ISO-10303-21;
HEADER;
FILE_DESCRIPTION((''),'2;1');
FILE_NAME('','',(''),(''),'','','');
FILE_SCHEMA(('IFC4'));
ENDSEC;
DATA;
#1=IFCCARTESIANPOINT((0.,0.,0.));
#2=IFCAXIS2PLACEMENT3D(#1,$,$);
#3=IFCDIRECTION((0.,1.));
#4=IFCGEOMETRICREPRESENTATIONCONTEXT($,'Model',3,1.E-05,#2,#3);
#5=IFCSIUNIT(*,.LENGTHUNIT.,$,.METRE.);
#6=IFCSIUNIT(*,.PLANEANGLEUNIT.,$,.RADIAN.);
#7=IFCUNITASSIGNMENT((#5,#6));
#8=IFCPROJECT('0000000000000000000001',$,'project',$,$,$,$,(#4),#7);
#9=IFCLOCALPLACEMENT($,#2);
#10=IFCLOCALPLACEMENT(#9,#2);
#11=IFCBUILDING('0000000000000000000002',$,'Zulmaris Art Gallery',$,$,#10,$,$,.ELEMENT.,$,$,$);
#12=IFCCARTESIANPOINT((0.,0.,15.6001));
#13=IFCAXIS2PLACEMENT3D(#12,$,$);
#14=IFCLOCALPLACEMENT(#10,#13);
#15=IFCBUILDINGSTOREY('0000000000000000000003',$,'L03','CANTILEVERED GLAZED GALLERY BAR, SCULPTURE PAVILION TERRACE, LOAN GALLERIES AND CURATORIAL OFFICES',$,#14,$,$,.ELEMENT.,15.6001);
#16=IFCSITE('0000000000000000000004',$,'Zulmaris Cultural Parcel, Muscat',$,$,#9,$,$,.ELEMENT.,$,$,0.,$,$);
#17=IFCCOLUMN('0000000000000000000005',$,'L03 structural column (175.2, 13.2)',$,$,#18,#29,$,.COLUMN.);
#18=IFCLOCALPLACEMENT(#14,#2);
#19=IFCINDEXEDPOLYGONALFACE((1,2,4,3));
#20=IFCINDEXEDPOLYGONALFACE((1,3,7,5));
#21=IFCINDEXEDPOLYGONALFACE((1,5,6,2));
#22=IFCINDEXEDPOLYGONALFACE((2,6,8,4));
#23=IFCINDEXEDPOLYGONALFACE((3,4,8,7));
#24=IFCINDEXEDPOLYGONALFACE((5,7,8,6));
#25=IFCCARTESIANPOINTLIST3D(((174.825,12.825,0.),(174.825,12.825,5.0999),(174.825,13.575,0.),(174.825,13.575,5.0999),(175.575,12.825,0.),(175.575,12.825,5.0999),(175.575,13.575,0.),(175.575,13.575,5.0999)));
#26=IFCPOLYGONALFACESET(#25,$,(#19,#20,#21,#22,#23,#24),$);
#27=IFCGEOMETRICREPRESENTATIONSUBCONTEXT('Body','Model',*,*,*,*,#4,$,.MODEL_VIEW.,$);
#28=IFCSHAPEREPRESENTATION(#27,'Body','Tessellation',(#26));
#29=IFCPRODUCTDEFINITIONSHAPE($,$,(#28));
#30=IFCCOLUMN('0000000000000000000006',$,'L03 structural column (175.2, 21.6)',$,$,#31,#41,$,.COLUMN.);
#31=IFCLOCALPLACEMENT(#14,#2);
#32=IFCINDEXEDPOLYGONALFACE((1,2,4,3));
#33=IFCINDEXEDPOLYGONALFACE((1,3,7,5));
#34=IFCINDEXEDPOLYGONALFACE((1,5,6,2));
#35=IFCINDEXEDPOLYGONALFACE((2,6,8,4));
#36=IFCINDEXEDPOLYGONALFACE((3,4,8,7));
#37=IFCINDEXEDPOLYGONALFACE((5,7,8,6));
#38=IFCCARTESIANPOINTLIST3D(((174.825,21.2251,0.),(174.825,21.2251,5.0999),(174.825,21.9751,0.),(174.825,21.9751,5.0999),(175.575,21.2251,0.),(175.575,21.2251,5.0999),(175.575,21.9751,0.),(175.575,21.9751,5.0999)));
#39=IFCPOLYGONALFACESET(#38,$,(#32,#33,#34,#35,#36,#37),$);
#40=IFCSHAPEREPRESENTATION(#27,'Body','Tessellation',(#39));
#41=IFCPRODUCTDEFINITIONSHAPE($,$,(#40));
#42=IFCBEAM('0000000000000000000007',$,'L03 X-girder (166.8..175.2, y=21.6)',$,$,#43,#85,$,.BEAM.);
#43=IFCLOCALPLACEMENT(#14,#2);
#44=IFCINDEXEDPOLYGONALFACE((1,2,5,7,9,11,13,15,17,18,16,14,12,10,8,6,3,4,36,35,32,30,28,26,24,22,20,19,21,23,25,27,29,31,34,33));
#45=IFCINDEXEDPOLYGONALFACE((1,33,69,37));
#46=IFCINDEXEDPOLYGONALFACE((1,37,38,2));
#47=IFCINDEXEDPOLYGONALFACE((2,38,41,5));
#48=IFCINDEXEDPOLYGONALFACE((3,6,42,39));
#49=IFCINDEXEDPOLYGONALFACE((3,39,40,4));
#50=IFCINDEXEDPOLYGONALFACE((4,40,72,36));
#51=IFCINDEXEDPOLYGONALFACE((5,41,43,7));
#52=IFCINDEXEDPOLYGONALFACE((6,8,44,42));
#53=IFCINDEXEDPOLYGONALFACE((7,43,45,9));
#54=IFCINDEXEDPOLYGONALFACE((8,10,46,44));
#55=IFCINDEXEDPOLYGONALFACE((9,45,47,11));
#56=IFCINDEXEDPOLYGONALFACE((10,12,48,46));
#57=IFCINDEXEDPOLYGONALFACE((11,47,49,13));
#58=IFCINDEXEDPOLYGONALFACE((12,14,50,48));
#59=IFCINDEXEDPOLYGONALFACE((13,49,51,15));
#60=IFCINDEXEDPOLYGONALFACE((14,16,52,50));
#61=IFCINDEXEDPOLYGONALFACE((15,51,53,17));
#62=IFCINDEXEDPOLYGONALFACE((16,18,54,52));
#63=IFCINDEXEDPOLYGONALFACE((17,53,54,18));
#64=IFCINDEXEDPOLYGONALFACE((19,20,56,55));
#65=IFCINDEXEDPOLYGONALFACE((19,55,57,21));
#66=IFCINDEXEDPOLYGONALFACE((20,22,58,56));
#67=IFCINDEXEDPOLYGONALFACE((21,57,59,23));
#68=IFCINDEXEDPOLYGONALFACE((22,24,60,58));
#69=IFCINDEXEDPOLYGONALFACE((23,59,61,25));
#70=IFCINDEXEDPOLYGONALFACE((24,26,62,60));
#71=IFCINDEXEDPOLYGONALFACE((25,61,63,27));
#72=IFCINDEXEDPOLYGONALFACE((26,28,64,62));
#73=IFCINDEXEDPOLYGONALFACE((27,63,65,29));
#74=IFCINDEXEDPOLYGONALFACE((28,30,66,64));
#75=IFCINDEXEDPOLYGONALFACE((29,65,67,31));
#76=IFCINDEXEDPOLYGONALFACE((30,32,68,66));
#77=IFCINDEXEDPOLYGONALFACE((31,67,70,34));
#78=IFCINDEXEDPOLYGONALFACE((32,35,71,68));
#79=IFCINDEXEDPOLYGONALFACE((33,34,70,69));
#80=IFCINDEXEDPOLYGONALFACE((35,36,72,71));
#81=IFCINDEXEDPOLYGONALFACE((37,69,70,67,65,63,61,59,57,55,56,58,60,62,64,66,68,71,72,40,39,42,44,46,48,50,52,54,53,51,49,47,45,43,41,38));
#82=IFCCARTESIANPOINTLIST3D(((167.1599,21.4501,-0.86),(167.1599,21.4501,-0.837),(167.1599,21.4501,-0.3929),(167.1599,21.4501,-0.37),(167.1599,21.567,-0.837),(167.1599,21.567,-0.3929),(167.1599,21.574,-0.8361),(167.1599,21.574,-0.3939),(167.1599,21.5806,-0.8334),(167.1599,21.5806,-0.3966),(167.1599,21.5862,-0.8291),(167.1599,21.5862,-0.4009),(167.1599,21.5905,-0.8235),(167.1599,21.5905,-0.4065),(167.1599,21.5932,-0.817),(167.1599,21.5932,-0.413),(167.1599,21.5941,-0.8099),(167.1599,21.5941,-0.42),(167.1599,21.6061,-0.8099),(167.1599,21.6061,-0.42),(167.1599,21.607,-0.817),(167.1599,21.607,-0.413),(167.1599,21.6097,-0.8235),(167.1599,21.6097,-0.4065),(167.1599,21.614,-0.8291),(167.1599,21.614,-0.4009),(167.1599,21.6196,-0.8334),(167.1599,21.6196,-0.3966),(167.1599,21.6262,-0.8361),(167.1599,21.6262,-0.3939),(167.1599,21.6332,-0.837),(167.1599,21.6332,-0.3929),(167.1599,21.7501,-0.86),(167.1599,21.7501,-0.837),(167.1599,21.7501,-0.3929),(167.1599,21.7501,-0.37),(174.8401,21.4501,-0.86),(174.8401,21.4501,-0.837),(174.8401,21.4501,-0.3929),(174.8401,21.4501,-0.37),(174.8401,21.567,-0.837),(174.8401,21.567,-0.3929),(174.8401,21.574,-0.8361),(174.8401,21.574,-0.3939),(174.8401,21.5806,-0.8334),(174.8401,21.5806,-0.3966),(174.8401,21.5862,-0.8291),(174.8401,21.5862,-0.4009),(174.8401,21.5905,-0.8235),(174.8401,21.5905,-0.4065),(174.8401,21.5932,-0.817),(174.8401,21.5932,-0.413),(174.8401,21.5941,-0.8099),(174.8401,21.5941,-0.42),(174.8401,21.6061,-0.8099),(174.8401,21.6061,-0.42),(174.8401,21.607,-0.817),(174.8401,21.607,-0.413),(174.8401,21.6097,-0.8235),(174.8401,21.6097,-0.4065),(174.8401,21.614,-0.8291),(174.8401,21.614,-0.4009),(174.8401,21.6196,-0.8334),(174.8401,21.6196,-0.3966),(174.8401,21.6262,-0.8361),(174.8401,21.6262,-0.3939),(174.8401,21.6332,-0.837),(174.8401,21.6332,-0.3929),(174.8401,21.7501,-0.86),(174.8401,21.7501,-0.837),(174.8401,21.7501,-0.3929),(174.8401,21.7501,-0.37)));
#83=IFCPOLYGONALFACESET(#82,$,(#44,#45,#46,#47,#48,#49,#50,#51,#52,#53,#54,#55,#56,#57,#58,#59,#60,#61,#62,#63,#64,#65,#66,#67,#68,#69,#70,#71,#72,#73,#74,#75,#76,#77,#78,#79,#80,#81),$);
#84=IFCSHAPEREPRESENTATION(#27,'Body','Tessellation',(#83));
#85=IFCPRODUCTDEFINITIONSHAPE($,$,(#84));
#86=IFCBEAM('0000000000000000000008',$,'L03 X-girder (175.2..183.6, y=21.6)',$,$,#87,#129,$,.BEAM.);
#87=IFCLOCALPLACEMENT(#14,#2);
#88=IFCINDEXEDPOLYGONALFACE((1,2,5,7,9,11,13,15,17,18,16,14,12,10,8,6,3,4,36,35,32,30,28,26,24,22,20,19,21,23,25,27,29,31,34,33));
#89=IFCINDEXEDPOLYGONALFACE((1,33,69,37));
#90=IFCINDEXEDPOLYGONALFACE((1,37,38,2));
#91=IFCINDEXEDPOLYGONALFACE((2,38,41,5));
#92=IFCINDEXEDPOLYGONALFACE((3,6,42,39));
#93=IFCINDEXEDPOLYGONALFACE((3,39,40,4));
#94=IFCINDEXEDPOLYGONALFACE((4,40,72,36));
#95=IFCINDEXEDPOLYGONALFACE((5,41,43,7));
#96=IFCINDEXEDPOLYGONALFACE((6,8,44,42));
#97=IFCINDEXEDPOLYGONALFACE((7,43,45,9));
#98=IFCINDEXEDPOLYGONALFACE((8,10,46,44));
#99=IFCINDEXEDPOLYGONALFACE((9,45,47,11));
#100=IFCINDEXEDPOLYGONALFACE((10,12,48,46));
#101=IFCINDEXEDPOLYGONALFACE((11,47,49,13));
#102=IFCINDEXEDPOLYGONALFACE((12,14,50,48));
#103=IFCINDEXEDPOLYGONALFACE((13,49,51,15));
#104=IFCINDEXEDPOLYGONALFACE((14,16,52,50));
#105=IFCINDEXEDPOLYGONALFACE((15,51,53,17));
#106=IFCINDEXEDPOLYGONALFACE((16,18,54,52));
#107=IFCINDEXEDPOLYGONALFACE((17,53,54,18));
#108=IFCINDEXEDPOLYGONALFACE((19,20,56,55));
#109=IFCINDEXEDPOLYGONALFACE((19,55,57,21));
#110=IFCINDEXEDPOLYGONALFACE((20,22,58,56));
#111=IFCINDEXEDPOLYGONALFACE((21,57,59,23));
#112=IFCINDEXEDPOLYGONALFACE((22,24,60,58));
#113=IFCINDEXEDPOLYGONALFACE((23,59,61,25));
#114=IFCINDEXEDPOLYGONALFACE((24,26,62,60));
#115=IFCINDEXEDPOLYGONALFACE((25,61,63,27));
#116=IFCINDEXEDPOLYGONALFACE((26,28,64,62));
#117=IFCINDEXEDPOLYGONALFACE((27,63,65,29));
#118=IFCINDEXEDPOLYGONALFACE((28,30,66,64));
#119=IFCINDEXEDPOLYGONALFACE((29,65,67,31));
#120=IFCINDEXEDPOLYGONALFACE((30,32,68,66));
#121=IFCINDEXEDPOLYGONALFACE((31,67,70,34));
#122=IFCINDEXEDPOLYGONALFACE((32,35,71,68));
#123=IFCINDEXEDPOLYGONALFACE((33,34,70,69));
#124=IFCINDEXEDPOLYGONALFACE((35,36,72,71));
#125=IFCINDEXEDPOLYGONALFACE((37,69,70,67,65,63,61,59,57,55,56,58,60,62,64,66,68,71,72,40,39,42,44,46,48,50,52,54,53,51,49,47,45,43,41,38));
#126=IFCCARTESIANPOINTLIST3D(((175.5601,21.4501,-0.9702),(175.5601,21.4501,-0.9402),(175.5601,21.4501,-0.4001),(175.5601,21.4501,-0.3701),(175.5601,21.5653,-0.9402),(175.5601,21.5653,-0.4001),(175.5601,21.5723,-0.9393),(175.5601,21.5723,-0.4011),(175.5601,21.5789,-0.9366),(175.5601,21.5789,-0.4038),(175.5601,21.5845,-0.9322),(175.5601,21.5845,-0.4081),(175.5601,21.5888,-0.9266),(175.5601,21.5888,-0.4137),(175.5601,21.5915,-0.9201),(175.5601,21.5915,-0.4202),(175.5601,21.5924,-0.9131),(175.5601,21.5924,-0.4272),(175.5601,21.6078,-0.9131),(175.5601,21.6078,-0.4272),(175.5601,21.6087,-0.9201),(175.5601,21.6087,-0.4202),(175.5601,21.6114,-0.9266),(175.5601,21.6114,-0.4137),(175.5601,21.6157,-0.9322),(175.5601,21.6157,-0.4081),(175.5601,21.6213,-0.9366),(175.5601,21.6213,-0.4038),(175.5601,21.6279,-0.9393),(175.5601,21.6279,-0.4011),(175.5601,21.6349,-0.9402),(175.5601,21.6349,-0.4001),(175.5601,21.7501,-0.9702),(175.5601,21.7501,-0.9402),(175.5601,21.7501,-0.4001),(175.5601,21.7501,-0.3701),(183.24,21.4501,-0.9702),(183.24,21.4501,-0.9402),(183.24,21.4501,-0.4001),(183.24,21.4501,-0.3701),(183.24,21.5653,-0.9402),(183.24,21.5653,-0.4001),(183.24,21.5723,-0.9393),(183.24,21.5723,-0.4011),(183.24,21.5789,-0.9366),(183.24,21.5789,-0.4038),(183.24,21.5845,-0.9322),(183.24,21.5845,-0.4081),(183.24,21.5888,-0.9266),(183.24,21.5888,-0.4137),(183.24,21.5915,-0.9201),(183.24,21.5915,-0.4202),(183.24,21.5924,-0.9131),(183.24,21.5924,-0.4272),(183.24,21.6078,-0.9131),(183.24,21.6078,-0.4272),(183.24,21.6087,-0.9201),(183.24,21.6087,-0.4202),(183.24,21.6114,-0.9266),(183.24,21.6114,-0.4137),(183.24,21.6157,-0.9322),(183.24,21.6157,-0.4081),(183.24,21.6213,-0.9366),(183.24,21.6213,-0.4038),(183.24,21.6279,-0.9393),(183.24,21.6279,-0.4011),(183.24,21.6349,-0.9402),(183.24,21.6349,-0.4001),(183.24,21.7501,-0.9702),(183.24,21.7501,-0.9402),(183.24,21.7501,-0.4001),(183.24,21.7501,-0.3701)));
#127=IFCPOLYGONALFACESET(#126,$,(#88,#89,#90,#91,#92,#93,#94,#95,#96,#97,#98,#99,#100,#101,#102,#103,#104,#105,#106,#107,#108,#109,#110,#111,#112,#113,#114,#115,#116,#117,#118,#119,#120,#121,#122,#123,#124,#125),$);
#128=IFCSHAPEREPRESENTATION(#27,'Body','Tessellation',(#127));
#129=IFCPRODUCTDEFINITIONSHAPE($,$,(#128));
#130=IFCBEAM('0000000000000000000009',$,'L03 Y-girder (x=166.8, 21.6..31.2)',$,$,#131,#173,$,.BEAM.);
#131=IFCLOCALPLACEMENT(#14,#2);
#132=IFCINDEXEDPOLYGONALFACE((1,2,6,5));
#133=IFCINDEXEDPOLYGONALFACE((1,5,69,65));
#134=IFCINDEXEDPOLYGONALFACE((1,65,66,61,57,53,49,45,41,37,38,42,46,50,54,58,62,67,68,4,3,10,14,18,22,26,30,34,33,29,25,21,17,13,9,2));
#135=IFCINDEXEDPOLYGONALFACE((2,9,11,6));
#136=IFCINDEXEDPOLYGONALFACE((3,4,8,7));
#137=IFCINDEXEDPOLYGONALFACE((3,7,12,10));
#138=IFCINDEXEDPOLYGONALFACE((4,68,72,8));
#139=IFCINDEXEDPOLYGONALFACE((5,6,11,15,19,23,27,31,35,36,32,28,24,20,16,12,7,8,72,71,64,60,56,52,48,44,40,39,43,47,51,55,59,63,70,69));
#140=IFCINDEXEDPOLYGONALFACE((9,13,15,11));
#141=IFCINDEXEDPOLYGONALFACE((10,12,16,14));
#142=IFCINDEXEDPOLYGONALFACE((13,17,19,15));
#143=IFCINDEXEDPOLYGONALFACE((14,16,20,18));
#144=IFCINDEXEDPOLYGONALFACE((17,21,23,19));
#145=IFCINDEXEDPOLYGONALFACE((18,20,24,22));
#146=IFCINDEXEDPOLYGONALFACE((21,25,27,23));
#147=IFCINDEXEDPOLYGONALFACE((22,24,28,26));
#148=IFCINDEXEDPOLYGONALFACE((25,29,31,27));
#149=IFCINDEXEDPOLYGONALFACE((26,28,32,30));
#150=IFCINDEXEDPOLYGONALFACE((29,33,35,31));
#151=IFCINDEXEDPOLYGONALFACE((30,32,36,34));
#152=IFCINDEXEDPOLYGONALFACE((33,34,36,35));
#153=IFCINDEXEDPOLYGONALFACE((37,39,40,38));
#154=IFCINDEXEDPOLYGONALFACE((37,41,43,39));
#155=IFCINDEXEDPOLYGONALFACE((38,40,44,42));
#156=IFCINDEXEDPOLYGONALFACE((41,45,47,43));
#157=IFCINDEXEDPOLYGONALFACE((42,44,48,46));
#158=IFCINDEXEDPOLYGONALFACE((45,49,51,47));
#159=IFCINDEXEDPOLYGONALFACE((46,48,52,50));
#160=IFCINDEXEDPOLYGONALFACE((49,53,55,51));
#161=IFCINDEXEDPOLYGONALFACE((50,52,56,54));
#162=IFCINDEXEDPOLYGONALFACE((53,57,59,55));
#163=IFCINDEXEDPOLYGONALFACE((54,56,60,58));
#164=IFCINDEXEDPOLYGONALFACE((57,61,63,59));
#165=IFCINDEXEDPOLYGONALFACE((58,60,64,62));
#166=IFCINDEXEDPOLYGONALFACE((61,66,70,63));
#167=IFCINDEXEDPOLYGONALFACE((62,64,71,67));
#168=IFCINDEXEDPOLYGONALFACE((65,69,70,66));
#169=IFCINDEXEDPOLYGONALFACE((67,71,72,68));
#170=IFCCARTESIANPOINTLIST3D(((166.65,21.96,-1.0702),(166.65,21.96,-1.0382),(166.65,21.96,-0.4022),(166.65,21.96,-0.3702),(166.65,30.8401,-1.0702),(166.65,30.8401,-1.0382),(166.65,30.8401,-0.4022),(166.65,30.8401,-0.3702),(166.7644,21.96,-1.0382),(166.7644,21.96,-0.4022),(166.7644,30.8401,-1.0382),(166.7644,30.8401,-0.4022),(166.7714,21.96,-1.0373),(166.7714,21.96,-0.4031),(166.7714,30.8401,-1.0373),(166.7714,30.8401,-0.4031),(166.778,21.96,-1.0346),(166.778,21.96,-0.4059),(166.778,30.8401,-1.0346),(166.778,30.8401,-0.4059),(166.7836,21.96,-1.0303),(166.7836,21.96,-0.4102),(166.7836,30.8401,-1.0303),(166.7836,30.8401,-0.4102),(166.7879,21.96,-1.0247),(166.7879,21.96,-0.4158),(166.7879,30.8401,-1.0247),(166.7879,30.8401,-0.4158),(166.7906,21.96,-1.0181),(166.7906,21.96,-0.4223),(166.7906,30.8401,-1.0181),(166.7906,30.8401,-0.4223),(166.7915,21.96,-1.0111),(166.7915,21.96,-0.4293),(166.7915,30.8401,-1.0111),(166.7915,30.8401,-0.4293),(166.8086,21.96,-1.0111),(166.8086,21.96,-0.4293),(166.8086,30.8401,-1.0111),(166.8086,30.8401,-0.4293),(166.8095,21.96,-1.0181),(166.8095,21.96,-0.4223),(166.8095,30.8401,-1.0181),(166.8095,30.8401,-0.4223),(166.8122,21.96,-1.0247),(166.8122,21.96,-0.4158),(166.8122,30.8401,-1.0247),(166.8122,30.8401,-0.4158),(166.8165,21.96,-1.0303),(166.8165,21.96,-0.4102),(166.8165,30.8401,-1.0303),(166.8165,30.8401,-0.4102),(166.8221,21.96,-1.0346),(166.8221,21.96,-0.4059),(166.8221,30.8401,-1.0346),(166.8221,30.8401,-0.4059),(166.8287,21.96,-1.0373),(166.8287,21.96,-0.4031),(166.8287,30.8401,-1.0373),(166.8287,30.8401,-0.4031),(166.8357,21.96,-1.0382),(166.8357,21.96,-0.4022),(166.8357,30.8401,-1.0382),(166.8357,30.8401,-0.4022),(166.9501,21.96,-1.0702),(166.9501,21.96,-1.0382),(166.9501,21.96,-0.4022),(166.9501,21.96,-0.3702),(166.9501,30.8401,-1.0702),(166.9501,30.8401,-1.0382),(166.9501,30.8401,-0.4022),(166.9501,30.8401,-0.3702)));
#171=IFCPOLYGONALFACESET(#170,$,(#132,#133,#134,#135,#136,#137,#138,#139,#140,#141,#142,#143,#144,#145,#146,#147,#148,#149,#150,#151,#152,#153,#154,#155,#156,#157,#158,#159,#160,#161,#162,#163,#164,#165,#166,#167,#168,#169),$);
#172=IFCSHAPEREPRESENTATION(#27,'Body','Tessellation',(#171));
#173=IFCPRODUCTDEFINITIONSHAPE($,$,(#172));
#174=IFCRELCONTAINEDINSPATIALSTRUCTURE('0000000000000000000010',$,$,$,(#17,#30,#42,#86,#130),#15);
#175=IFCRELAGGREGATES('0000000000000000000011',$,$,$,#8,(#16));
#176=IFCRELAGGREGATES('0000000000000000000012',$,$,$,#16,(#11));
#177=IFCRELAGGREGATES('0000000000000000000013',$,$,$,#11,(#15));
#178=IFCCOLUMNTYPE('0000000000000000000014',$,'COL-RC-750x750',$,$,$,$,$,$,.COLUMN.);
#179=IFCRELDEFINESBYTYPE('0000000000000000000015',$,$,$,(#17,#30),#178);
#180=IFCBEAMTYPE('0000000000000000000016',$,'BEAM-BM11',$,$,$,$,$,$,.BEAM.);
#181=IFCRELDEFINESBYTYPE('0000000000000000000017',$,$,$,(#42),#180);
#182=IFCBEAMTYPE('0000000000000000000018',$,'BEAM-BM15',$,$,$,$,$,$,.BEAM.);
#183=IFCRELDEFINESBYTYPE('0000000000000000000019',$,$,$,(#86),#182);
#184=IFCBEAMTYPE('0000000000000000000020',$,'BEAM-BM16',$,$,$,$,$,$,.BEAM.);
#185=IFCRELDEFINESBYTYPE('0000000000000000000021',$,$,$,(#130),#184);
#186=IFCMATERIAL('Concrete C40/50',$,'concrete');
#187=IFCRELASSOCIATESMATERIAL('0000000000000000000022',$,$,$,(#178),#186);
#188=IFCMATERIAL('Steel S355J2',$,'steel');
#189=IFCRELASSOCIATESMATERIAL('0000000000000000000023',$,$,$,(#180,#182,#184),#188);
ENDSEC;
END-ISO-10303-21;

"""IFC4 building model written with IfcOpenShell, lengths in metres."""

from ifc_helpers import new_model, si_unit, direction, frame, origin, origin_2d, place, context, subcontext, project, spatial, rectangle, i_section, extrude, material, material_profile, profile_set, type_object, element, save


model = new_model("IFC4")

# Units and contexts
model_context = context("Model", 3, precision=1e-05, world=origin(), true_north=direction((0.0, 1.0)))
body_context = subcontext(model_context, "Body", "Model", "MODEL_VIEW")
ifc_project = project(units=[si_unit("LENGTHUNIT", "METRE"), si_unit("PLANEANGLEUNIT", "RADIAN")], contexts=[model_context])

# Site, building, storey
site_placement = place(None, origin())
site = spatial("IfcSite", under=ifc_project, at=site_placement, Name="Zulmaris Cultural Parcel, Muscat", CompositionType="ELEMENT", RefElevation=0.0)
building_placement = place(site_placement, origin())
building = spatial("IfcBuilding", under=site, at=building_placement, Name="Zulmaris Art Gallery", CompositionType="ELEMENT")
storey_placement = place(building_placement, frame((0.0, 0.0, 15.6001)))
storey = spatial("IfcBuildingStorey", under=building, at=storey_placement, Name="L03", Description="CANTILEVERED GLAZED GALLERY BAR, SCULPTURE PAVILION TERRACE, LOAN GALLERIES AND CURATORIAL OFFICES", CompositionType="ELEMENT", Elevation=15.6001)

# Columns
ifc_material_1 = material(Name="Concrete C40/50", Category="concrete")
ifc_material_profile_1 = material_profile(ifc_material_1, rectangle(XDim=0.75, YDim=0.75, at=origin_2d()), Name="RC 750x750")
ifc_profile_set_1 = profile_set([ifc_material_profile_1], Name="Concrete C40/50")
column_type = type_object("IfcColumnType", Name="COL-RC-750x750", PredefinedType="COLUMN", material=ifc_profile_set_1)
for number, where, z_axis, x_axis, name in (
    (1, (175.2, 13.2, 0.0), (0.0, 0.0, 1.0), (1.0, 0.0, 0.0), "L03 structural column (175.2, 13.2)"),
    (2, (175.2, 21.6001, 0.0), (0.0, 0.0, 1.0), (1.0, 0.0, 0.0), "L03 structural column (175.2, 21.6)"),
):
    element("IfcColumn", number, at=place(storey_placement, frame(where, z_axis=z_axis, x_axis=x_axis)), inside=storey, type_object=column_type, Name=name, PredefinedType="COLUMN", context=body_context, shape_type="SweptSolid", body=[
        extrude(rectangle(XDim=0.75, YDim=0.75, at=origin_2d()), origin(), (0.0, 0.0, 1.0), 5.0999),
    ])

# Beams
ifc_material_2 = material(Name="Steel S355J2", Category="steel")
ifc_material_profile_2 = material_profile(ifc_material_2, i_section(OverallWidth=0.3, OverallDepth=0.49, WebThickness=0.012, FlangeThickness=0.0229, FilletRadius=0.0271, at=origin_2d()), Name="HEA 500")
ifc_profile_set_2 = profile_set([ifc_material_profile_2], Name="Steel S355J2")
beam_type_1 = type_object("IfcBeamType", Name="BEAM-BM11", PredefinedType="BEAM", material=ifc_profile_set_2)
beam_1_placement = place(storey_placement, frame((167.1599, 21.6001, -0.615), z_axis=(1.0, 0.0, 0.0), x_axis=(0.0, 1.0, 0.0)))
element("IfcBeam", 3, at=beam_1_placement, inside=storey, type_object=beam_type_1, Name="L03 X-girder (166.8..175.2, y=21.6)", PredefinedType="BEAM", context=body_context, shape_type="SweptSolid", body=[
    extrude(i_section(OverallWidth=0.3, OverallDepth=0.49, WebThickness=0.012, FlangeThickness=0.0229, FilletRadius=0.0271, at=origin_2d()), origin(), (0.0, 0.0, 1.0), 7.6802),
])
ifc_material_profile_3 = material_profile(ifc_material_2, i_section(OverallWidth=0.3, OverallDepth=0.6001, WebThickness=0.0154, FlangeThickness=0.03, FilletRadius=0.0271, at=origin_2d()), Name="HEB 600")
ifc_profile_set_3 = profile_set([ifc_material_profile_3], Name="Steel S355J2")
beam_type_2 = type_object("IfcBeamType", Name="BEAM-BM15", PredefinedType="BEAM", material=ifc_profile_set_3)
beam_2_placement = place(storey_placement, frame((175.5601, 21.6001, -0.6702), z_axis=(1.0, 0.0, 0.0), x_axis=(0.0, 1.0, 0.0)))
element("IfcBeam", 4, at=beam_2_placement, inside=storey, type_object=beam_type_2, Name="L03 X-girder (175.2..183.6, y=21.6)", PredefinedType="BEAM", context=body_context, shape_type="SweptSolid", body=[
    extrude(i_section(OverallWidth=0.3, OverallDepth=0.6001, WebThickness=0.0154, FlangeThickness=0.03, FilletRadius=0.0271, at=origin_2d()), origin(), (0.0, 0.0, 1.0), 7.6799),
])
ifc_material_profile_4 = material_profile(ifc_material_2, i_section(OverallWidth=0.3, OverallDepth=0.7, WebThickness=0.0171, FlangeThickness=0.032, FilletRadius=0.0271, at=origin_2d()), Name="HEB 700")
ifc_profile_set_4 = profile_set([ifc_material_profile_4], Name="Steel S355J2")
beam_type_3 = type_object("IfcBeamType", Name="BEAM-BM16", PredefinedType="BEAM", material=ifc_profile_set_4)
beam_3_placement = place(storey_placement, frame((166.8, 21.96, -0.7202), z_axis=(0.0, 1.0, 0.0), x_axis=(-1.0, 0.0, 0.0)))
element("IfcBeam", 5, at=beam_3_placement, inside=storey, type_object=beam_type_3, Name="L03 Y-girder (x=166.8, 21.6..31.2)", PredefinedType="BEAM", context=body_context, shape_type="SweptSolid", body=[
    extrude(i_section(OverallWidth=0.3, OverallDepth=0.7, WebThickness=0.0171, FlangeThickness=0.032, FilletRadius=0.0271, at=origin_2d()), origin(), (0.0, 0.0, 1.0), 8.8801),
])

save(model, "model.ifc")
